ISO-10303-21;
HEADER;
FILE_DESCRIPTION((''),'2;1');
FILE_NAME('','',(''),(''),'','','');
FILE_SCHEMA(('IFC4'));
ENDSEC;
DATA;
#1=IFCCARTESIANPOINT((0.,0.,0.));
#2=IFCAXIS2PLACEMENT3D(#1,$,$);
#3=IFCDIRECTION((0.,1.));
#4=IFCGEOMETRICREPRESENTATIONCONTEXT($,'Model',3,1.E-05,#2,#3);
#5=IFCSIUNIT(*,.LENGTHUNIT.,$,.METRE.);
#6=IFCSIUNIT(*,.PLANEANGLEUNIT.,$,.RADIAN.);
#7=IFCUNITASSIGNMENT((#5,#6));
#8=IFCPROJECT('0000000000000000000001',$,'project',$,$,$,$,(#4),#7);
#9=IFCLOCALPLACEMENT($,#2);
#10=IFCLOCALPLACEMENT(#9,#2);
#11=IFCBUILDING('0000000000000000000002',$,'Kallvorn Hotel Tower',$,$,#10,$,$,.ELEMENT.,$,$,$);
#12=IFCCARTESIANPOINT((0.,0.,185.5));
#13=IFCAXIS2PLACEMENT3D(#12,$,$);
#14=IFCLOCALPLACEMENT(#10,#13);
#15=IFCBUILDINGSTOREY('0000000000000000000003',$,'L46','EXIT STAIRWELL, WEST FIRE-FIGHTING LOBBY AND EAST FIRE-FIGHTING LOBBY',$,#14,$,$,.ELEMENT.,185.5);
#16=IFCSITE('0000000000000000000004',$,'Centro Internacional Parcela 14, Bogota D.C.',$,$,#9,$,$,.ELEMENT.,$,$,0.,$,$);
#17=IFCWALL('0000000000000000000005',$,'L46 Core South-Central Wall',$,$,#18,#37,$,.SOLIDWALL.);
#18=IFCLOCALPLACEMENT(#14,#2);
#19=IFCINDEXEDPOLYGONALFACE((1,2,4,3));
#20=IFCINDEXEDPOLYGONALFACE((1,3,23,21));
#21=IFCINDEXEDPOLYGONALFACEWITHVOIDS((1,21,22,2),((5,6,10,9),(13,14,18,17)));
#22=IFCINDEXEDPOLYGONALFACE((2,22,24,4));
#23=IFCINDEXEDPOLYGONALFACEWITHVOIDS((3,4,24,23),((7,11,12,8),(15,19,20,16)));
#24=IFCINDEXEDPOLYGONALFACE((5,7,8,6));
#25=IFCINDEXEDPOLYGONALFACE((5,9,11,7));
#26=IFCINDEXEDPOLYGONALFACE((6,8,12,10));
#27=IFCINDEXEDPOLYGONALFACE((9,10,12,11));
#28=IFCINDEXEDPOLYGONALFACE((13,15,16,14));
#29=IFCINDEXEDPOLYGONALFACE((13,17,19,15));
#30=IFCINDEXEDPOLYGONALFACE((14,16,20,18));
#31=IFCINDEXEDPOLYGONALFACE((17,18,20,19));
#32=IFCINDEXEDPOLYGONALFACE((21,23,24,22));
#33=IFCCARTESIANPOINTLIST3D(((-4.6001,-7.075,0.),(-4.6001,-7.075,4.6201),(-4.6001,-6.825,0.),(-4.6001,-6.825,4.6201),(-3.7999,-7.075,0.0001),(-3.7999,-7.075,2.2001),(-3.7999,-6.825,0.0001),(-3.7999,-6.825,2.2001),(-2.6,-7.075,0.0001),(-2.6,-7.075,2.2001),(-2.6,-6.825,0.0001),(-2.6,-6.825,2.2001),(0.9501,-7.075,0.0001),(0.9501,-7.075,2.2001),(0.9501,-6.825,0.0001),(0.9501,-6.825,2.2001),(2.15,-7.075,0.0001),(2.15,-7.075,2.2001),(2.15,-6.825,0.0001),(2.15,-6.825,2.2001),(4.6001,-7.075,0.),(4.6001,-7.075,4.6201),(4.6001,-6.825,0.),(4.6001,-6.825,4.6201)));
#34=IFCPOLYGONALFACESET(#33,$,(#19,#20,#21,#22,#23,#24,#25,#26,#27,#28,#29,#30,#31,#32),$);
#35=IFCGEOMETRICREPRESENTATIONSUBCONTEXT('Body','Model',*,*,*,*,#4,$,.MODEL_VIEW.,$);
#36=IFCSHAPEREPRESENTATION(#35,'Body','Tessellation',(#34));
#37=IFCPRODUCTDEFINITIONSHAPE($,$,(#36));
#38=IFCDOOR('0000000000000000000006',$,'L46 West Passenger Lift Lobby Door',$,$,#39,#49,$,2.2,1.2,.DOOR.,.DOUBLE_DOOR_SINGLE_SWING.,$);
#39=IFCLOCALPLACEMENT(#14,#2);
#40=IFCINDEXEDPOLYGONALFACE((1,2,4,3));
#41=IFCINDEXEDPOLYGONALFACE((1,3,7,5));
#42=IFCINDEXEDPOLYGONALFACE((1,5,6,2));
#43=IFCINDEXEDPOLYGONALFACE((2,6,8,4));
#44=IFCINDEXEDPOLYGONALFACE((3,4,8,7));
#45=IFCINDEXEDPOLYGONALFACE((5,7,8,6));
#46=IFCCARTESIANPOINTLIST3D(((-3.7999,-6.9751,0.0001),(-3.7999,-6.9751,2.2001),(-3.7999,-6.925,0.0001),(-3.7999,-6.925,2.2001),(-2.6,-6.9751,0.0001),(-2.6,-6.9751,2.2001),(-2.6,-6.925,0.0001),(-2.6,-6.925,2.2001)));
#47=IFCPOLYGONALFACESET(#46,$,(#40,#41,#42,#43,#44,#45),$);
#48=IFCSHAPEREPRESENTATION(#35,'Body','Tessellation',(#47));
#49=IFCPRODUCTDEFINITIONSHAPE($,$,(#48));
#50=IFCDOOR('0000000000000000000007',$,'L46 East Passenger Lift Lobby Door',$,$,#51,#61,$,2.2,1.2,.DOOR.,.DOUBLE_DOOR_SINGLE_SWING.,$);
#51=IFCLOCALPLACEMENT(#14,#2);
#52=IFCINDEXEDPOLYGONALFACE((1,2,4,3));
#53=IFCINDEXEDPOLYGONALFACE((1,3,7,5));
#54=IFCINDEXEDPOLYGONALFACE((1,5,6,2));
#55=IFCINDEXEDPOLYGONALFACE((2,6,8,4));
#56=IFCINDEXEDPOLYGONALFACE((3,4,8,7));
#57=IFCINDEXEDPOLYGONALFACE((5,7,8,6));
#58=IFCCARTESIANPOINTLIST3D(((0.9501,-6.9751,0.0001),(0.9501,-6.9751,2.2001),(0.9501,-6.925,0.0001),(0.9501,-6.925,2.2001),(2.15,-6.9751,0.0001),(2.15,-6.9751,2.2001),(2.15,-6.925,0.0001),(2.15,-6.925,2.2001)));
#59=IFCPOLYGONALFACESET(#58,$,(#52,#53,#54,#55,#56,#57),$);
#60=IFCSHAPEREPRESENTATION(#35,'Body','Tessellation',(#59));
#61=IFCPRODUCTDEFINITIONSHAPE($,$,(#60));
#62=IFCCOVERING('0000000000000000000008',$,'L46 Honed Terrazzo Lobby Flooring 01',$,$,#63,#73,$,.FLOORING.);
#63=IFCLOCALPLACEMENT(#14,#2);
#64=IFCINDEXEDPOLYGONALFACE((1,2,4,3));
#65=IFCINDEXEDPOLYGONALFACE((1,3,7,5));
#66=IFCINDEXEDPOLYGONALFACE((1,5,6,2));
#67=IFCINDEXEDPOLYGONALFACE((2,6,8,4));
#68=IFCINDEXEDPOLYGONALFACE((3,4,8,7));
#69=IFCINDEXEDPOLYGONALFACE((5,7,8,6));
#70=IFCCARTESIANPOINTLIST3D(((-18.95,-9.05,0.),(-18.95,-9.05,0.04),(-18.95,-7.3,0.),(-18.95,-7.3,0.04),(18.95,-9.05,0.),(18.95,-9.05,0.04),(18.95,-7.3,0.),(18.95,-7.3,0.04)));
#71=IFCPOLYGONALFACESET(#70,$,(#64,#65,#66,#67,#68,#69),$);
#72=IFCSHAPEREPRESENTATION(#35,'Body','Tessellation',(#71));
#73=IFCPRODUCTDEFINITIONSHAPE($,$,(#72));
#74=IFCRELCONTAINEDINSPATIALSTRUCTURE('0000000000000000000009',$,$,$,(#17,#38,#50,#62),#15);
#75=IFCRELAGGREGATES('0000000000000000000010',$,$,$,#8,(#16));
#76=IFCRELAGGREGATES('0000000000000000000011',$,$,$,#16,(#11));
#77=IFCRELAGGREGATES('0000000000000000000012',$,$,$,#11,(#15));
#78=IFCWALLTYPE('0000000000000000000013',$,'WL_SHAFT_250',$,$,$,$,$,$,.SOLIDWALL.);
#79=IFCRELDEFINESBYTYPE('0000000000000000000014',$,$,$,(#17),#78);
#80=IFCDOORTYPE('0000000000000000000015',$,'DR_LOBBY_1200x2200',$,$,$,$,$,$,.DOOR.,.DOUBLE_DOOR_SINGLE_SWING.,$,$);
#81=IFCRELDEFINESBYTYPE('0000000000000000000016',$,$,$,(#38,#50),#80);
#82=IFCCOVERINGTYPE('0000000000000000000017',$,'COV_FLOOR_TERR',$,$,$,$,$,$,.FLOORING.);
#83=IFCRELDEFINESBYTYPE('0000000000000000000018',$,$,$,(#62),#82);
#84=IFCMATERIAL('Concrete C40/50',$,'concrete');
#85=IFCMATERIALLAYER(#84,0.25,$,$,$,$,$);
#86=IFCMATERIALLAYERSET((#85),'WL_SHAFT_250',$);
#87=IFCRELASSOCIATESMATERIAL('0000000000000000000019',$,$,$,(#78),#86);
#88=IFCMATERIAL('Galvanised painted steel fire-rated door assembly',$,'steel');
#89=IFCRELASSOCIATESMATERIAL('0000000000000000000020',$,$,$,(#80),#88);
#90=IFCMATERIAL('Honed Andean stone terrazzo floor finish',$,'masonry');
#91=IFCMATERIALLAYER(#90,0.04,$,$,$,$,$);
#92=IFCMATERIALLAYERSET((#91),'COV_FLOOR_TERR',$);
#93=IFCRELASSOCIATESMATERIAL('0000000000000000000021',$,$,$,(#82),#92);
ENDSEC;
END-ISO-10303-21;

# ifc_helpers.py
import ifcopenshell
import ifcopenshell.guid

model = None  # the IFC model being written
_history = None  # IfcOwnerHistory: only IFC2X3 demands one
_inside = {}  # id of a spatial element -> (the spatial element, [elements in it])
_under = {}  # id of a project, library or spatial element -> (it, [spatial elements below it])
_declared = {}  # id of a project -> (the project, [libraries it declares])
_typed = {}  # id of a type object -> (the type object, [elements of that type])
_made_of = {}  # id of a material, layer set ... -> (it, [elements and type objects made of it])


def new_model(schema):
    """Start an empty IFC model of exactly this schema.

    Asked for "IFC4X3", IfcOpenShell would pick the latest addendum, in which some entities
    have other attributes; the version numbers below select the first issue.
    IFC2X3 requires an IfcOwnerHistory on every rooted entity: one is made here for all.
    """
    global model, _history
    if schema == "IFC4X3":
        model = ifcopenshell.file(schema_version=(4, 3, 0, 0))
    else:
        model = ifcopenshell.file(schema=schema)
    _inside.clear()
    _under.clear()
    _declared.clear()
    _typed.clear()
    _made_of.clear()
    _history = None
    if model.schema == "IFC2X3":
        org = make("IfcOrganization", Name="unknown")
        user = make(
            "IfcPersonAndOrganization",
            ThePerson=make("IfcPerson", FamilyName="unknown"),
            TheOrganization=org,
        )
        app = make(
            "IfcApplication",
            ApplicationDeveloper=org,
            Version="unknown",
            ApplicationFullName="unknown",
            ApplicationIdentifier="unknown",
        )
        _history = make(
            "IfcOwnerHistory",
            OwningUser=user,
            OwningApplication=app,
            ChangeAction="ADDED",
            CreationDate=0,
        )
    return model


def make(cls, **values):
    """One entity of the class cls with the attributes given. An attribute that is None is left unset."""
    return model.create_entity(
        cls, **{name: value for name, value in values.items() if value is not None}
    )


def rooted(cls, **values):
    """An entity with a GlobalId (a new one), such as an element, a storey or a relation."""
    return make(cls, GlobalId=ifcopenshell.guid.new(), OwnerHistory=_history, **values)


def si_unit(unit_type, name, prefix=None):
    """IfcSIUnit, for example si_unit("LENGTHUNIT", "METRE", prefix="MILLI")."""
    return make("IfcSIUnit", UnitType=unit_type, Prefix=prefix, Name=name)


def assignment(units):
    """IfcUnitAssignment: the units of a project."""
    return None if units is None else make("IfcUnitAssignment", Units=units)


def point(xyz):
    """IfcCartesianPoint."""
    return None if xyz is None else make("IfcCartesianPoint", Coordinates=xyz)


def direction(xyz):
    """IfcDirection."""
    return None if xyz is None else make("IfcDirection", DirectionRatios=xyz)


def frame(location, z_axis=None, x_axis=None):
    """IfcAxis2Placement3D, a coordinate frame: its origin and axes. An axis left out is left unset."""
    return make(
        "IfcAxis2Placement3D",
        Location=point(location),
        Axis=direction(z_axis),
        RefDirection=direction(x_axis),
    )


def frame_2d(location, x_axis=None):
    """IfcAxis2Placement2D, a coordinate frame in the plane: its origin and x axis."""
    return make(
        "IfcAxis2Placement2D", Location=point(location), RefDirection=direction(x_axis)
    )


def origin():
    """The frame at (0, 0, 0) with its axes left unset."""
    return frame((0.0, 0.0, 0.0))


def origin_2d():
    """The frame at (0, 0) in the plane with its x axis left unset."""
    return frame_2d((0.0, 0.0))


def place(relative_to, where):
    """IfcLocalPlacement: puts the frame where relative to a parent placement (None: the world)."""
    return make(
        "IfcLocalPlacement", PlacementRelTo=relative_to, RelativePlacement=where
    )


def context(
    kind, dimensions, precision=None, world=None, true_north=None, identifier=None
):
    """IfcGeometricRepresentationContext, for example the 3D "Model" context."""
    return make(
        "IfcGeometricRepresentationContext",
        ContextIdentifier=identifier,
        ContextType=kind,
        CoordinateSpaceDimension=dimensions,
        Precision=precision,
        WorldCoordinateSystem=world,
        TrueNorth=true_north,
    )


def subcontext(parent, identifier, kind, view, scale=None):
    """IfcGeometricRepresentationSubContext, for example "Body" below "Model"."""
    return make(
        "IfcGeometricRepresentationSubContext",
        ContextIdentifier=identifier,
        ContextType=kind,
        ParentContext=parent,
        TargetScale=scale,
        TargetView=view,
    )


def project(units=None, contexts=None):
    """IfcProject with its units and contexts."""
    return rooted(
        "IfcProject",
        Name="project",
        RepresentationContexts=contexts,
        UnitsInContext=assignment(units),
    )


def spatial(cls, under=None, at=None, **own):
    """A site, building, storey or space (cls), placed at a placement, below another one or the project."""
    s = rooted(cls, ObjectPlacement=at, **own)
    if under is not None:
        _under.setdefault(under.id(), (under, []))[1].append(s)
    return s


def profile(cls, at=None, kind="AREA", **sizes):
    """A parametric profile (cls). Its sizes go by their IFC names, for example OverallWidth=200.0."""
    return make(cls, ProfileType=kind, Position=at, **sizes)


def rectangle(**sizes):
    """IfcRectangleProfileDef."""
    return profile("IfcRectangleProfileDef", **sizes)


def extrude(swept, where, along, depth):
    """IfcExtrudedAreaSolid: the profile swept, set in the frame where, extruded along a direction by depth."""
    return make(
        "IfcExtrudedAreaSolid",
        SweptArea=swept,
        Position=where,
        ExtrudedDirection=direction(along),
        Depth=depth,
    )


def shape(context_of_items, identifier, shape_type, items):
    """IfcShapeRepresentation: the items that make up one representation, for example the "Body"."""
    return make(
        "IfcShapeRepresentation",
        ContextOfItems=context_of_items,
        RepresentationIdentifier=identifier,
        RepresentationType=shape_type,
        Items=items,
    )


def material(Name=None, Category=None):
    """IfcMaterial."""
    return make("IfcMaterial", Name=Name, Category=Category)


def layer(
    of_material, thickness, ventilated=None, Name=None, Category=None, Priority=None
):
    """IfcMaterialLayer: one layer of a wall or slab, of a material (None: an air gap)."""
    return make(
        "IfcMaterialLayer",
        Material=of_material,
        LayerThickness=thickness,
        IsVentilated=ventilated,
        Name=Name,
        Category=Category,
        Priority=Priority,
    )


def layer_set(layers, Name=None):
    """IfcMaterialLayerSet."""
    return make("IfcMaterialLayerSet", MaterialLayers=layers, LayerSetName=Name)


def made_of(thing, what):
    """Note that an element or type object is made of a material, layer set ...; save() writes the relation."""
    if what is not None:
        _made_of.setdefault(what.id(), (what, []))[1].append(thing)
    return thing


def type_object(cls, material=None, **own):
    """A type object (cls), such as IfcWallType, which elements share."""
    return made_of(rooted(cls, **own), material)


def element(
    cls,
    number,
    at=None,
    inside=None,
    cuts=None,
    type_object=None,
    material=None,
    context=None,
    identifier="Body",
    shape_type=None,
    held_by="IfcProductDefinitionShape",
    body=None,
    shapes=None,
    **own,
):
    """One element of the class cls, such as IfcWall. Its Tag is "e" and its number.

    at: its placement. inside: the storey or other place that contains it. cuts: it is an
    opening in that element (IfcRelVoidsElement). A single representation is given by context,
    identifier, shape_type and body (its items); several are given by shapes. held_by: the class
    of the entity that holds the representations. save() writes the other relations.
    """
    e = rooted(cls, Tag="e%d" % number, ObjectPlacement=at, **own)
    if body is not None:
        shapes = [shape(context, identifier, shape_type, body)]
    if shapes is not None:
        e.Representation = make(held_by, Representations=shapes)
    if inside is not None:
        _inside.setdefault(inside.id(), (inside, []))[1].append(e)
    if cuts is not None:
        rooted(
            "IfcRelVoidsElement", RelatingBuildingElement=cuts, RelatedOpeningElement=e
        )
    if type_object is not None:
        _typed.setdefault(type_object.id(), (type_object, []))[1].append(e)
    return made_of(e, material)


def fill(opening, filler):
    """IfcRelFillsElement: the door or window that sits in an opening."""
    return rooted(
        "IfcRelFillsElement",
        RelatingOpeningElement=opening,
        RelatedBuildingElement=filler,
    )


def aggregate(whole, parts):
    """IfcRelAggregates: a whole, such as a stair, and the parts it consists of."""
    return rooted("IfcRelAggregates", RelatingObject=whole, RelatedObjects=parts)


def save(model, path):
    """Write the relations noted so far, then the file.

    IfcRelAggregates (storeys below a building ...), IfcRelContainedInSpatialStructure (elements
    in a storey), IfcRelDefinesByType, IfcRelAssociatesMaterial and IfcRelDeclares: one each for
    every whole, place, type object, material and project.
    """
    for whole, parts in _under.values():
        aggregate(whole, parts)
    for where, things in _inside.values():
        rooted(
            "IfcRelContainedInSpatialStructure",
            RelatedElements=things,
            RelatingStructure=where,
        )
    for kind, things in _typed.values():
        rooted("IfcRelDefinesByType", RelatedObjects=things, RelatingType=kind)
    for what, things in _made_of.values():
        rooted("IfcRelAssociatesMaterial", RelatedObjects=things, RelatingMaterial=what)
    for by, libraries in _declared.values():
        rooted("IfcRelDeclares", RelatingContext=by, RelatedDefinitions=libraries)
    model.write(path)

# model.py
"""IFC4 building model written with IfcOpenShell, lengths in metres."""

from ifc_helpers import new_model, si_unit, direction, frame, frame_2d, origin, origin_2d, place, context, subcontext, project, spatial, rectangle, extrude, material, layer, layer_set, type_object, element, fill, save


model = new_model("IFC4")

# Units and contexts
model_context = context("Model", 3, precision=1e-05, world=origin(), true_north=direction((0.0, 1.0)))
body_context = subcontext(model_context, "Body", "Model", "MODEL_VIEW")
ifc_project = project(units=[si_unit("LENGTHUNIT", "METRE"), si_unit("PLANEANGLEUNIT", "RADIAN")], contexts=[model_context])

# Site, building, storey
site_placement = place(None, origin())
site = spatial("IfcSite", under=ifc_project, at=site_placement, Name="Centro Internacional Parcela 14, Bogota D.C.", CompositionType="ELEMENT", RefElevation=0.0)
building_placement = place(site_placement, origin())
building = spatial("IfcBuilding", under=site, at=building_placement, Name="Kallvorn Hotel Tower", CompositionType="ELEMENT")
storey_placement = place(building_placement, frame((0.0, 0.0, 185.5)))
storey = spatial("IfcBuildingStorey", under=building, at=storey_placement, Name="L46", Description="EXIT STAIRWELL, WEST FIRE-FIGHTING LOBBY AND EAST FIRE-FIGHTING LOBBY", CompositionType="ELEMENT", Elevation=185.5)

# Wall, openings, doors
ifc_material_1 = material(Name="Concrete C40/50", Category="concrete")
ifc_layer_1 = layer(ifc_material_1, 0.25)
ifc_layer_set_1 = layer_set([ifc_layer_1], Name="WL_SHAFT_250")
wall_type_1 = type_object("IfcWallType", Name="WL_SHAFT_250", PredefinedType="SOLIDWALL", material=ifc_layer_set_1)
wall_1_placement = place(storey_placement, frame((-4.6001, -6.95, 0.0), z_axis=(0.0, 0.0, 1.0), x_axis=(1.0, 0.0, 0.0)))
wall_1 = element("IfcWall", 1, at=wall_1_placement, inside=storey, type_object=wall_type_1, Name="L46 Core South-Central Wall", PredefinedType="SOLIDWALL", context=body_context, shape_type="SweptSolid", body=[
    extrude(rectangle(XDim=9.2002, YDim=0.25, at=frame_2d((4.6001, 0.0))), origin(), (0.0, 0.0, 1.0), 4.6201),
])
opening_1_placement = place(wall_1_placement, frame((0.8, 0.0, 0.0)))
opening_1 = element("IfcOpeningElement", 2, at=opening_1_placement, cuts=wall_1, PredefinedType="OPENING", context=body_context, shape_type="SweptSolid", body=[
    extrude(rectangle(XDim=1.2, YDim=2.2, at=frame_2d((0.6001, 1.1001))), frame((0.0, 0.1399, 0.0), z_axis=(0.0, -1.0, 0.0), x_axis=(1.0, 0.0, 0.0)), (0.0, 0.0, 1.0), 0.28),
])
opening_2_placement = place(wall_1_placement, frame((5.55, 0.0, 0.0)))
opening_2 = element("IfcOpeningElement", 3, at=opening_2_placement, cuts=wall_1, PredefinedType="OPENING", context=body_context, shape_type="SweptSolid", body=[
    extrude(rectangle(XDim=1.2, YDim=2.2, at=frame_2d((0.6001, 1.1001))), frame((0.0, 0.1399, 0.0), z_axis=(0.0, -1.0, 0.0), x_axis=(1.0, 0.0, 0.0)), (0.0, 0.0, 1.0), 0.28),
])
ifc_material_2 = material(Name="Galvanised painted steel fire-rated door assembly", Category="steel")
door_type_1 = type_object("IfcDoorType", Name="DR_LOBBY_1200x2200", OperationType="DOUBLE_DOOR_SINGLE_SWING", PredefinedType="DOOR", material=ifc_material_2)
door_1_placement = place(opening_1_placement, origin())
door_1 = element("IfcDoor", 4, at=door_1_placement, inside=storey, type_object=door_type_1, Name="L46 West Passenger Lift Lobby Door", OperationType="DOUBLE_DOOR_SINGLE_SWING", OverallHeight=2.2, OverallWidth=1.2, PredefinedType="DOOR", context=body_context, shape_type="SweptSolid", body=[
    extrude(rectangle(XDim=1.2, YDim=2.2, at=frame_2d((0.6001, 1.1001))), frame((0.0, 0.0249, 0.0), z_axis=(0.0, -1.0, 0.0), x_axis=(1.0, 0.0, 0.0)), (0.0, 0.0, 1.0), 0.05),
])
fill(opening_1, door_1)
door_2_placement = place(opening_2_placement, origin())
door_2 = element("IfcDoor", 5, at=door_2_placement, inside=storey, type_object=door_type_1, Name="L46 East Passenger Lift Lobby Door", OperationType="DOUBLE_DOOR_SINGLE_SWING", OverallHeight=2.2, OverallWidth=1.2, PredefinedType="DOOR", context=body_context, shape_type="SweptSolid", body=[
    extrude(rectangle(XDim=1.2, YDim=2.2, at=frame_2d((0.6001, 1.1001))), frame((0.0, 0.0249, 0.0), z_axis=(0.0, -1.0, 0.0), x_axis=(1.0, 0.0, 0.0)), (0.0, 0.0, 1.0), 0.05),
])
fill(opening_2, door_2)

# Covering
ifc_material_3 = material(Name="Honed Andean stone terrazzo floor finish", Category="masonry")
ifc_layer_2 = layer(ifc_material_3, 0.04)
ifc_layer_set_2 = layer_set([ifc_layer_2], Name="COV_FLOOR_TERR")
covering_type = type_object("IfcCoveringType", Name="COV_FLOOR_TERR", PredefinedType="FLOORING", material=ifc_layer_set_2)
covering_placement = place(storey_placement, frame((0.0, -8.175, 0.0), z_axis=(0.0, 0.0, 1.0), x_axis=(1.0, 0.0, 0.0)))
element("IfcCovering", 6, at=covering_placement, inside=storey, type_object=covering_type, Name="L46 Honed Terrazzo Lobby Flooring 01", PredefinedType="FLOORING", context=body_context, shape_type="SweptSolid", body=[
    extrude(rectangle(XDim=37.8999, YDim=1.75, at=origin_2d()), origin(), (0.0, 0.0, 1.0), 0.04),
])

save(model, "model.ifc")
